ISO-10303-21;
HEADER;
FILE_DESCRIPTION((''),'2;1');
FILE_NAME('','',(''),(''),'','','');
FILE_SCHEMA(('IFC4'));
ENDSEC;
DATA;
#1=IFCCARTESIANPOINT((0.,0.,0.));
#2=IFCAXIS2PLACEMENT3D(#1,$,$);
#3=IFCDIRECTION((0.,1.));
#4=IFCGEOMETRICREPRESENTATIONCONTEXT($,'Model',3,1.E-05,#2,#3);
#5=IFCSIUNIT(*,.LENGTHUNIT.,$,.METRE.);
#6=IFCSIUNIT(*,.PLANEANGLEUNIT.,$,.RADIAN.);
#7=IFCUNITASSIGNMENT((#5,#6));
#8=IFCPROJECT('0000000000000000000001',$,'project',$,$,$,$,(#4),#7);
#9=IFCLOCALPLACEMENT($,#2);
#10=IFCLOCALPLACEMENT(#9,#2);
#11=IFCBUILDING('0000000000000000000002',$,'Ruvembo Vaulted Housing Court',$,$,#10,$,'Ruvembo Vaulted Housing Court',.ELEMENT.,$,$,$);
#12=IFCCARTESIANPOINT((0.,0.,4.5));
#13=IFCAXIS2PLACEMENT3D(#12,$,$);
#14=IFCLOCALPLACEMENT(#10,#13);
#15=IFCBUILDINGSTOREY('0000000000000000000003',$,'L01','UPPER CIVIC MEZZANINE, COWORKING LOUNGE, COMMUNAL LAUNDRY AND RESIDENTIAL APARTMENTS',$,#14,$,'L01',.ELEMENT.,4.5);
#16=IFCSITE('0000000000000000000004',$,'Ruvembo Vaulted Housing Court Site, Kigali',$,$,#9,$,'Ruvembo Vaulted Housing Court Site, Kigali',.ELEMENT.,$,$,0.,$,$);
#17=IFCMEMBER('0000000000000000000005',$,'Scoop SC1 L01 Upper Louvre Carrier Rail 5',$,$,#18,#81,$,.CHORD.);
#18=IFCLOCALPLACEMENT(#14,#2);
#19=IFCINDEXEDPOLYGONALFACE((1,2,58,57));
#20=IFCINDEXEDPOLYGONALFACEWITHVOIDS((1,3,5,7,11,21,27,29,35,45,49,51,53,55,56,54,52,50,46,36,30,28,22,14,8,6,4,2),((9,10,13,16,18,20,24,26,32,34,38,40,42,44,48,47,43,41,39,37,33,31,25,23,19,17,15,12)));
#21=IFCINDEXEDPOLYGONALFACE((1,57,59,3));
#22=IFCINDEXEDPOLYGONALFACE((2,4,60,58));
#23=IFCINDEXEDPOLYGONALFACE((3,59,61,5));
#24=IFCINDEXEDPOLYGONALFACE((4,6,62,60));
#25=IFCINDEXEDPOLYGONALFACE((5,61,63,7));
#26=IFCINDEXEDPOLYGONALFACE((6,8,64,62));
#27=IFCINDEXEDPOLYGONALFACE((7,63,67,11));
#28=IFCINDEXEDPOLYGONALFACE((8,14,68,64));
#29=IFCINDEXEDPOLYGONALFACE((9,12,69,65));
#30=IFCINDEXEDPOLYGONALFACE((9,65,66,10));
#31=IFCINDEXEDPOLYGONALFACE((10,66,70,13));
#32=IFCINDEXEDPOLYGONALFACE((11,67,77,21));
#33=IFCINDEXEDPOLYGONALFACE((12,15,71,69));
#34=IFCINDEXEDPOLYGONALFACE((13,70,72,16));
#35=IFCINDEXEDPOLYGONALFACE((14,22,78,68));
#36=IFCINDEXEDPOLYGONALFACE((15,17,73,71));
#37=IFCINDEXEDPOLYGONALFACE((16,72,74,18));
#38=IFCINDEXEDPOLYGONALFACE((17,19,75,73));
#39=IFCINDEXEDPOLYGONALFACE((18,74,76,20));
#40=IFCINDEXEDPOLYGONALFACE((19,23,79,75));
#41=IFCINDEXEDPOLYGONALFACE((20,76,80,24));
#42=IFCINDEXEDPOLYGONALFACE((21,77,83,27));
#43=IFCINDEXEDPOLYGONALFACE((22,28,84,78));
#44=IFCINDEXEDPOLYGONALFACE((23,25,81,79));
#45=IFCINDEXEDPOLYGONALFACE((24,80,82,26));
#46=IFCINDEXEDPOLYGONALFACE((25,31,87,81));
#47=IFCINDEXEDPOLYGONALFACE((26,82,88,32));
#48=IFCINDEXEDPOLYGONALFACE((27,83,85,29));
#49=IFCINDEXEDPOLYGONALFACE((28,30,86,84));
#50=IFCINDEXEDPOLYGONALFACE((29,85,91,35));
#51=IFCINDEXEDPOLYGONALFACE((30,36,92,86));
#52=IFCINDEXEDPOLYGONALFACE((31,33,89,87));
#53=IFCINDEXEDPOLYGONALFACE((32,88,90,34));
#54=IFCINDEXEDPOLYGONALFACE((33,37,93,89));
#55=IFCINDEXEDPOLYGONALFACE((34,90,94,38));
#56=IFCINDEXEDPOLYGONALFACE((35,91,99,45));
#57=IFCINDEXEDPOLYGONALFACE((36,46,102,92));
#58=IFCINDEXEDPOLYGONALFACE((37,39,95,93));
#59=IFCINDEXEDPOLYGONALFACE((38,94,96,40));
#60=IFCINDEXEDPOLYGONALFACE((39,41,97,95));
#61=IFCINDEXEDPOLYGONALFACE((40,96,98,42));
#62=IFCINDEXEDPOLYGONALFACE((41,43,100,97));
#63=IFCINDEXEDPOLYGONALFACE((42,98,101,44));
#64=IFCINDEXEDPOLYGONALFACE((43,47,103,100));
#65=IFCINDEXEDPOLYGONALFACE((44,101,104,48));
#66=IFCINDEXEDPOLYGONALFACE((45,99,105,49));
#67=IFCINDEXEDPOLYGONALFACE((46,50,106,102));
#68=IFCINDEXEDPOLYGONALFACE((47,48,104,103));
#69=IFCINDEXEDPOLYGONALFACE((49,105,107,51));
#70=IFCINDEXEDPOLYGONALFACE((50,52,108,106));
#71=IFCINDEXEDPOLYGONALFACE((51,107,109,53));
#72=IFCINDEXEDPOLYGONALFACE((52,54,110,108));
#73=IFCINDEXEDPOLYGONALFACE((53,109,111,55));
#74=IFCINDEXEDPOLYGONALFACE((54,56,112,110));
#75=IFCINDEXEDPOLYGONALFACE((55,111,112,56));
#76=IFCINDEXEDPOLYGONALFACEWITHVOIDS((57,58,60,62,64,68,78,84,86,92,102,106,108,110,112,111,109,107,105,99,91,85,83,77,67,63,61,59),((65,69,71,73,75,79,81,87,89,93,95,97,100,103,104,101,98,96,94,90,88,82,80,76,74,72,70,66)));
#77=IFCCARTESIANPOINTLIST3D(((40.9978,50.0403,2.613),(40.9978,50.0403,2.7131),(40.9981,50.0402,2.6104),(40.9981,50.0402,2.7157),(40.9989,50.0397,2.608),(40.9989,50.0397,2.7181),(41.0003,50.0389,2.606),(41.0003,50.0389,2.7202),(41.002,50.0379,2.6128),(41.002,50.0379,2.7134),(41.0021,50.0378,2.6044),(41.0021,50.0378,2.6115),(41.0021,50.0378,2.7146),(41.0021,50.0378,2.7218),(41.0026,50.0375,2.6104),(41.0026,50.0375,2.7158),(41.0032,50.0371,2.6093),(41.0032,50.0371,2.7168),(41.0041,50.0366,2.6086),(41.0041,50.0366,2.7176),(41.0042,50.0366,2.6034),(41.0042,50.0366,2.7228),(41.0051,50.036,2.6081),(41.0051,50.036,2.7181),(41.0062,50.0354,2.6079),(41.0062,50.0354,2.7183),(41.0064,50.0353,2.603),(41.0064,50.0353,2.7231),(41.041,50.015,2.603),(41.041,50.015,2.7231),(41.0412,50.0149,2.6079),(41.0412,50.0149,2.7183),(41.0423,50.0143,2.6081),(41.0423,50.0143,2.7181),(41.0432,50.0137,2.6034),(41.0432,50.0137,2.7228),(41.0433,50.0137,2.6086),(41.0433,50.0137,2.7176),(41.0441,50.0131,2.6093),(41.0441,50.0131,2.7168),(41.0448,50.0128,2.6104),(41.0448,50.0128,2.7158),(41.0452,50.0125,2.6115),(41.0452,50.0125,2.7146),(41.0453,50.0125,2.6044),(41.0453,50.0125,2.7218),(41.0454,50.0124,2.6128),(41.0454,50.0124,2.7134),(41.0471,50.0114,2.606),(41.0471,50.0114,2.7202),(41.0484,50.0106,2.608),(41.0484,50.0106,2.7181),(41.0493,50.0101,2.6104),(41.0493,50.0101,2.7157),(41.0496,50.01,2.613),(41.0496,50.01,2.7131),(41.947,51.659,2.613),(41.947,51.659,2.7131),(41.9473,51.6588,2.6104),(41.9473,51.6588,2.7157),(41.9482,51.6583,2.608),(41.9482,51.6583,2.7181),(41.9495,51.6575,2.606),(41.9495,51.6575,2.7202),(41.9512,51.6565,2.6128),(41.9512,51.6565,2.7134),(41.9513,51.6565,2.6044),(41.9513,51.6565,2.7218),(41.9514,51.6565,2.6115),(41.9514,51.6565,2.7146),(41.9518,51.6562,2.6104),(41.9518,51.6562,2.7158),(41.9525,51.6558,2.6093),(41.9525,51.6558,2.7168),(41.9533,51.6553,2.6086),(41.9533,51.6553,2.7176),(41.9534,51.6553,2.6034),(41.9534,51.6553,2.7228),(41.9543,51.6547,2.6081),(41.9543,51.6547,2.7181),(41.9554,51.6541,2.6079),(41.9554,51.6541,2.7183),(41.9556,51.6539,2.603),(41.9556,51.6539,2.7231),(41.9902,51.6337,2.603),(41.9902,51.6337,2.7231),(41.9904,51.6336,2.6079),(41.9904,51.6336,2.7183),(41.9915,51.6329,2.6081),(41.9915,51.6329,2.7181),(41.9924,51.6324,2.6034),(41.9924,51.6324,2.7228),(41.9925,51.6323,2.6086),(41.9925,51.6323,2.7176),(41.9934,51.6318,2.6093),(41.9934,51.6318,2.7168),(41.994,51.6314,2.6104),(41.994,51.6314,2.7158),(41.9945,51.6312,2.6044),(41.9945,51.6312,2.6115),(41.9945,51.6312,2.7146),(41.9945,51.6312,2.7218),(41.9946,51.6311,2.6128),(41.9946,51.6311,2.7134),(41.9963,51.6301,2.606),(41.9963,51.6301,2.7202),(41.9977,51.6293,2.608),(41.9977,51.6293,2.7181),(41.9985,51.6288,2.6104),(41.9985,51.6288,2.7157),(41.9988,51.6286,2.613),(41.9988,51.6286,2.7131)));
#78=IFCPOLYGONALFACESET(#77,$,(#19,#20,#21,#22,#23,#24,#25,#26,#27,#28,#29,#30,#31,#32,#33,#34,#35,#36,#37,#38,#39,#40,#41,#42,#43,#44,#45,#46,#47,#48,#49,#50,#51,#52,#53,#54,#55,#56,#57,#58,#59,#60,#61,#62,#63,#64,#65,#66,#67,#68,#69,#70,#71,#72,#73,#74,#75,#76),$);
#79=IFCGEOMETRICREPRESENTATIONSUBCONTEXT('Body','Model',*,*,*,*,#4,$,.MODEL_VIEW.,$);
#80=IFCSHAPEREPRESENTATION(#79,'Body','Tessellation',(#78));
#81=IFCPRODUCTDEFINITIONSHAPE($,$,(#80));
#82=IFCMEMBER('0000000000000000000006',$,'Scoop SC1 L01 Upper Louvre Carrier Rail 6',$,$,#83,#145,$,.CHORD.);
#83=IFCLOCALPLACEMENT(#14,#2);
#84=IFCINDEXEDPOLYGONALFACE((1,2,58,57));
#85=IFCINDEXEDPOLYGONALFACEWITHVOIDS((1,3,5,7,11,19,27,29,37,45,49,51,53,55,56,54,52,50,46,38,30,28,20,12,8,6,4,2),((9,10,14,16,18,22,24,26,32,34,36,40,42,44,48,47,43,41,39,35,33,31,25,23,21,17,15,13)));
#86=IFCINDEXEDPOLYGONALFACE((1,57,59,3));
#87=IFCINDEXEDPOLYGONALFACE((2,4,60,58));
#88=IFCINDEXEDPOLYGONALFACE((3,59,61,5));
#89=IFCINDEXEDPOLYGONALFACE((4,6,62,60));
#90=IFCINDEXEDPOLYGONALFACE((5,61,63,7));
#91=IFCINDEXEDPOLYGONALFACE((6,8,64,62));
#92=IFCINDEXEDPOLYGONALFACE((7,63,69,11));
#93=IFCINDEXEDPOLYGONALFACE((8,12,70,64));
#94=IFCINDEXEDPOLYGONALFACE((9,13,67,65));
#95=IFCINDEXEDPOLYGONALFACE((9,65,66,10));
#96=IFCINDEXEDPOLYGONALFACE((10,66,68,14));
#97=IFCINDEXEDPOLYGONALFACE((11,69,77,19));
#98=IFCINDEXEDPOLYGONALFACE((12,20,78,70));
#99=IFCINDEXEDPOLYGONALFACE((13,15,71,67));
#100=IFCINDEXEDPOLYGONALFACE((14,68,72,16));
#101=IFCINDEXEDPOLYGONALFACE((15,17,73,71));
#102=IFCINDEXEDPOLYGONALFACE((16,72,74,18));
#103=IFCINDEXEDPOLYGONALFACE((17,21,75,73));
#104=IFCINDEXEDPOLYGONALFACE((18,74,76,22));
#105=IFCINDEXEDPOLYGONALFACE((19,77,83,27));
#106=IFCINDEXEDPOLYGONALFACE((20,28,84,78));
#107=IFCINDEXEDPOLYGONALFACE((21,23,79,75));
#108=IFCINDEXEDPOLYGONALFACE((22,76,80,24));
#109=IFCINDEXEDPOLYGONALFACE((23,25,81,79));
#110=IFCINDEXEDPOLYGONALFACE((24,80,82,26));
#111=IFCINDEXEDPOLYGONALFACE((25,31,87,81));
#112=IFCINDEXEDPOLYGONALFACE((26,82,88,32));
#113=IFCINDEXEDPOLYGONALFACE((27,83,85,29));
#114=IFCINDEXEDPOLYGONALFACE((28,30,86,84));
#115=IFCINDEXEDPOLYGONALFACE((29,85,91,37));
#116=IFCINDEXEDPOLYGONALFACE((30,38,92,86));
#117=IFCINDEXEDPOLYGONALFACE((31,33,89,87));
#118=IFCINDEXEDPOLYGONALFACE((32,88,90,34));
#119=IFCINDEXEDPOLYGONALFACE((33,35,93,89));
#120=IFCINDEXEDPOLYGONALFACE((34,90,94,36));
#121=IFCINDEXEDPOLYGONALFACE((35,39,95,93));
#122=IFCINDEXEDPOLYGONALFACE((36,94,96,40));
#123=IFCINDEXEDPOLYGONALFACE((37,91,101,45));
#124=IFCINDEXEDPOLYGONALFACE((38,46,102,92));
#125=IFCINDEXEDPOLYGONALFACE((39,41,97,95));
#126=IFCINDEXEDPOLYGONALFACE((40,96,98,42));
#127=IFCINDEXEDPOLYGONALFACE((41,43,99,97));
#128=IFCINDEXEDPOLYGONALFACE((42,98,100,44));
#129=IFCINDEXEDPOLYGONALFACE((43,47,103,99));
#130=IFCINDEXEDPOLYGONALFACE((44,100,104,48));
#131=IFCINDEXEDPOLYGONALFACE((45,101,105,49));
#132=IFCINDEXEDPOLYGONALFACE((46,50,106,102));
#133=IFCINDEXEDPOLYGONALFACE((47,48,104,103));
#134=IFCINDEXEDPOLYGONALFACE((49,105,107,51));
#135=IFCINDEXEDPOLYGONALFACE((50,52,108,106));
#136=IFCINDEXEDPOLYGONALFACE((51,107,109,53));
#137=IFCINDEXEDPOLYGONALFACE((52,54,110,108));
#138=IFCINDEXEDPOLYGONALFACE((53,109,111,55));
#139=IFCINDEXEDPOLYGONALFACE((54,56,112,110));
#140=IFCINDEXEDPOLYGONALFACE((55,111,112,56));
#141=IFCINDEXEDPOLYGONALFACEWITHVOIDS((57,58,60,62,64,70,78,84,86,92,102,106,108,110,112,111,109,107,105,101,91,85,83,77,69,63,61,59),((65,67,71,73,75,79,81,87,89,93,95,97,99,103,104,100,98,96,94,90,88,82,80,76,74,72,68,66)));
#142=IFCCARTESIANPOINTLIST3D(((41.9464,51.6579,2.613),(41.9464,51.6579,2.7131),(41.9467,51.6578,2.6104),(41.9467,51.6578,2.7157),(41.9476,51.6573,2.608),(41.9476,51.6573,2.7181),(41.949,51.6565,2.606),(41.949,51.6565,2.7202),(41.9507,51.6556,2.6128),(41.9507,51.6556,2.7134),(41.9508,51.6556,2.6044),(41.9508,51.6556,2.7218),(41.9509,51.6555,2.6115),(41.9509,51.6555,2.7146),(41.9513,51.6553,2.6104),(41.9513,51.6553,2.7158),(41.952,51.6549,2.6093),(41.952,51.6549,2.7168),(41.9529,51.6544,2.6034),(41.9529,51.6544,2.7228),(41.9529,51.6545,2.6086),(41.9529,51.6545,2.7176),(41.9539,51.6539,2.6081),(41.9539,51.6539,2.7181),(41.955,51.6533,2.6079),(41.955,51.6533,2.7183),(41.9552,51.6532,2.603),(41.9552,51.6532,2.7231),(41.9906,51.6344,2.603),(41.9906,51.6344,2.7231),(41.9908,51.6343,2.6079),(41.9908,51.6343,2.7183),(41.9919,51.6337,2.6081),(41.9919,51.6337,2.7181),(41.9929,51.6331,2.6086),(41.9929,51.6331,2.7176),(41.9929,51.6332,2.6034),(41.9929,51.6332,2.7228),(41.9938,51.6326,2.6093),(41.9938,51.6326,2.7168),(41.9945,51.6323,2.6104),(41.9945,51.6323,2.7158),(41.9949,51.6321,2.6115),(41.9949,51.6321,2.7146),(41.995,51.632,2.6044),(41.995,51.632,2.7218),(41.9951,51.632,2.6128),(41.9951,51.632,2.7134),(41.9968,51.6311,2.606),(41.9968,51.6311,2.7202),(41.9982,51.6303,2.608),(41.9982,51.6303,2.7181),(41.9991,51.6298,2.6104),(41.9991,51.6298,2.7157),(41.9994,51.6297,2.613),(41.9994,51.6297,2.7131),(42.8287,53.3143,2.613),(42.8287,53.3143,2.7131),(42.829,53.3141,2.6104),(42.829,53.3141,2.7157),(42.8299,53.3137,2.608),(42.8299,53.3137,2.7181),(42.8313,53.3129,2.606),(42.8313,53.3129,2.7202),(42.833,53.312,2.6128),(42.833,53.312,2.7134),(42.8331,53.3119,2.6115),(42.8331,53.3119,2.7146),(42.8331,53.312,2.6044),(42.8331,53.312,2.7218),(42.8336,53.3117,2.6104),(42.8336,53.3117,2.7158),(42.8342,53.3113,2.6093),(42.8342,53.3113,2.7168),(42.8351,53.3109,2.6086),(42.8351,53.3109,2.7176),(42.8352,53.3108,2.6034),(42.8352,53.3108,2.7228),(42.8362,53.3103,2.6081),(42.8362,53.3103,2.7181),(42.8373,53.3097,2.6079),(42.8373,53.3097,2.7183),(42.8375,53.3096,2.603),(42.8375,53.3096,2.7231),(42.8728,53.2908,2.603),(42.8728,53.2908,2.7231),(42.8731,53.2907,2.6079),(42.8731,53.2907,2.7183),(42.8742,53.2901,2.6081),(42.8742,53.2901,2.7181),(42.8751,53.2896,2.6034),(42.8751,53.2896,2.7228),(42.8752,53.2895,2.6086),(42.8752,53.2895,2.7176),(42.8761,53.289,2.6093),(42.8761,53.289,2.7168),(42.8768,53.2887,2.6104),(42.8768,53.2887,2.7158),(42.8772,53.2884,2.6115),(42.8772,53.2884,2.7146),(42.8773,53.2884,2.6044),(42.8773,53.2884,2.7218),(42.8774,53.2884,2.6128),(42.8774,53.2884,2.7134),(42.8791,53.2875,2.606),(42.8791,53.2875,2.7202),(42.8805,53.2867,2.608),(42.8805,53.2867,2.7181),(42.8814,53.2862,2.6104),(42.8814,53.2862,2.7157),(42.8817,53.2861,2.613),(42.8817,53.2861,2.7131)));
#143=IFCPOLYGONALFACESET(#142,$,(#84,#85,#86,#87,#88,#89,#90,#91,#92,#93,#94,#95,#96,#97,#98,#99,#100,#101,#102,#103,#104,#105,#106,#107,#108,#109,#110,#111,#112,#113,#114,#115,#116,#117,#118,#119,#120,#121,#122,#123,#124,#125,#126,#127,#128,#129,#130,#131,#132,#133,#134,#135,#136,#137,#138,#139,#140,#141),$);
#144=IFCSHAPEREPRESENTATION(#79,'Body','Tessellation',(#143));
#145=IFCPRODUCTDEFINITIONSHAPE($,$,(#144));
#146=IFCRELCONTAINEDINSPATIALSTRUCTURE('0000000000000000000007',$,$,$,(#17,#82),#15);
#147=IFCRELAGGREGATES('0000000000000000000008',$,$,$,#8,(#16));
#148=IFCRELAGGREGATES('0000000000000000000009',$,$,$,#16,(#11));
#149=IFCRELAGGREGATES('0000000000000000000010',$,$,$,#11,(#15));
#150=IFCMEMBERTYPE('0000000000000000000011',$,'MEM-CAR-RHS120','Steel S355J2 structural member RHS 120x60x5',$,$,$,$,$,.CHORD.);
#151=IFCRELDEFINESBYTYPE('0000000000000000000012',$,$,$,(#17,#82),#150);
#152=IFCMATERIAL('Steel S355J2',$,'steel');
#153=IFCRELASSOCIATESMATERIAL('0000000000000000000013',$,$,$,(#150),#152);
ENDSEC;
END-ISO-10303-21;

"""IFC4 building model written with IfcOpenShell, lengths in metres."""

from ifc_helpers import new_model, si_unit, direction, frame, origin, origin_2d, place, context, subcontext, project, spatial, hollow_rectangle, extrude, material, material_profile, profile_set, type_object, element, save


model = new_model("IFC4")

# Units and contexts
model_context = context("Model", 3, precision=1e-05, world=origin(), true_north=direction((0.0, 1.0)))
body_context = subcontext(model_context, "Body", "Model", "MODEL_VIEW")
ifc_project = project(units=[si_unit("LENGTHUNIT", "METRE"), si_unit("PLANEANGLEUNIT", "RADIAN")], contexts=[model_context])

# Site, building, storey
site_placement = place(None, origin())
site = spatial("IfcSite", under=ifc_project, at=site_placement, Name="Ruvembo Vaulted Housing Court Site, Kigali", LongName="Ruvembo Vaulted Housing Court Site, Kigali", CompositionType="ELEMENT", RefElevation=0.0)
building_placement = place(site_placement, origin())
building = spatial("IfcBuilding", under=site, at=building_placement, Name="Ruvembo Vaulted Housing Court", LongName="Ruvembo Vaulted Housing Court", CompositionType="ELEMENT")
storey_placement = place(building_placement, frame((0.0, 0.0, 4.5)))
storey = spatial("IfcBuildingStorey", under=building, at=storey_placement, Name="L01", Description="UPPER CIVIC MEZZANINE, COWORKING LOUNGE, COMMUNAL LAUNDRY AND RESIDENTIAL APARTMENTS", LongName="L01", CompositionType="ELEMENT", Elevation=4.5)

# Shared definitions
ifc_material_1 = material(Name="Steel S355J2", Category="steel")

# Members
ifc_material_profile_1 = material_profile(ifc_material_1, hollow_rectangle(XDim=0.0601, YDim=0.1201, WallThickness=0.0049, InnerFilletRadius=0.0049, OuterFilletRadius=0.01, at=origin_2d()), Name="RHS 120x60x5")
ifc_profile_set_1 = profile_set([ifc_material_profile_1], Name="Steel S355J2")
member_type_1 = type_object("IfcMemberType", Name="MEM-CAR-RHS120", Description="Steel S355J2 structural member RHS 120x60x5", PredefinedType="CHORD", material=ifc_profile_set_1)
member_1_placement = place(storey_placement, frame((41.0237, 50.0251, 2.6631), z_axis=(0.50586, 0.862616, 0.0), x_axis=(-0.862616, 0.50586, 0.0)))
element("IfcMember", 1, at=member_1_placement, inside=storey, type_object=member_type_1, Name="Scoop SC1 L01 Upper Louvre Carrier Rail 5", PredefinedType="CHORD", context=body_context, shape_type="SweptSolid", body=[
    extrude(hollow_rectangle(XDim=0.0601, YDim=0.1201, WallThickness=0.0049, InnerFilletRadius=0.0049, OuterFilletRadius=0.01, at=origin_2d()), origin(), (0.0, 0.0, 1.0), 1.8765),
])
member_2_placement = place(storey_placement, frame((41.9729, 51.6438, 2.6631), z_axis=(0.470116, 0.882605, 0.0), x_axis=(-0.882605, 0.470116, 0.0)))
element("IfcMember", 2, at=member_2_placement, inside=storey, type_object=member_type_1, Name="Scoop SC1 L01 Upper Louvre Carrier Rail 6", PredefinedType="CHORD", context=body_context, shape_type="SweptSolid", body=[
    extrude(hollow_rectangle(XDim=0.0601, YDim=0.1201, WallThickness=0.0049, InnerFilletRadius=0.0049, OuterFilletRadius=0.01, at=origin_2d()), origin(), (0.0, 0.0, 1.0), 1.8767),
])

save(model, "model.ifc")
